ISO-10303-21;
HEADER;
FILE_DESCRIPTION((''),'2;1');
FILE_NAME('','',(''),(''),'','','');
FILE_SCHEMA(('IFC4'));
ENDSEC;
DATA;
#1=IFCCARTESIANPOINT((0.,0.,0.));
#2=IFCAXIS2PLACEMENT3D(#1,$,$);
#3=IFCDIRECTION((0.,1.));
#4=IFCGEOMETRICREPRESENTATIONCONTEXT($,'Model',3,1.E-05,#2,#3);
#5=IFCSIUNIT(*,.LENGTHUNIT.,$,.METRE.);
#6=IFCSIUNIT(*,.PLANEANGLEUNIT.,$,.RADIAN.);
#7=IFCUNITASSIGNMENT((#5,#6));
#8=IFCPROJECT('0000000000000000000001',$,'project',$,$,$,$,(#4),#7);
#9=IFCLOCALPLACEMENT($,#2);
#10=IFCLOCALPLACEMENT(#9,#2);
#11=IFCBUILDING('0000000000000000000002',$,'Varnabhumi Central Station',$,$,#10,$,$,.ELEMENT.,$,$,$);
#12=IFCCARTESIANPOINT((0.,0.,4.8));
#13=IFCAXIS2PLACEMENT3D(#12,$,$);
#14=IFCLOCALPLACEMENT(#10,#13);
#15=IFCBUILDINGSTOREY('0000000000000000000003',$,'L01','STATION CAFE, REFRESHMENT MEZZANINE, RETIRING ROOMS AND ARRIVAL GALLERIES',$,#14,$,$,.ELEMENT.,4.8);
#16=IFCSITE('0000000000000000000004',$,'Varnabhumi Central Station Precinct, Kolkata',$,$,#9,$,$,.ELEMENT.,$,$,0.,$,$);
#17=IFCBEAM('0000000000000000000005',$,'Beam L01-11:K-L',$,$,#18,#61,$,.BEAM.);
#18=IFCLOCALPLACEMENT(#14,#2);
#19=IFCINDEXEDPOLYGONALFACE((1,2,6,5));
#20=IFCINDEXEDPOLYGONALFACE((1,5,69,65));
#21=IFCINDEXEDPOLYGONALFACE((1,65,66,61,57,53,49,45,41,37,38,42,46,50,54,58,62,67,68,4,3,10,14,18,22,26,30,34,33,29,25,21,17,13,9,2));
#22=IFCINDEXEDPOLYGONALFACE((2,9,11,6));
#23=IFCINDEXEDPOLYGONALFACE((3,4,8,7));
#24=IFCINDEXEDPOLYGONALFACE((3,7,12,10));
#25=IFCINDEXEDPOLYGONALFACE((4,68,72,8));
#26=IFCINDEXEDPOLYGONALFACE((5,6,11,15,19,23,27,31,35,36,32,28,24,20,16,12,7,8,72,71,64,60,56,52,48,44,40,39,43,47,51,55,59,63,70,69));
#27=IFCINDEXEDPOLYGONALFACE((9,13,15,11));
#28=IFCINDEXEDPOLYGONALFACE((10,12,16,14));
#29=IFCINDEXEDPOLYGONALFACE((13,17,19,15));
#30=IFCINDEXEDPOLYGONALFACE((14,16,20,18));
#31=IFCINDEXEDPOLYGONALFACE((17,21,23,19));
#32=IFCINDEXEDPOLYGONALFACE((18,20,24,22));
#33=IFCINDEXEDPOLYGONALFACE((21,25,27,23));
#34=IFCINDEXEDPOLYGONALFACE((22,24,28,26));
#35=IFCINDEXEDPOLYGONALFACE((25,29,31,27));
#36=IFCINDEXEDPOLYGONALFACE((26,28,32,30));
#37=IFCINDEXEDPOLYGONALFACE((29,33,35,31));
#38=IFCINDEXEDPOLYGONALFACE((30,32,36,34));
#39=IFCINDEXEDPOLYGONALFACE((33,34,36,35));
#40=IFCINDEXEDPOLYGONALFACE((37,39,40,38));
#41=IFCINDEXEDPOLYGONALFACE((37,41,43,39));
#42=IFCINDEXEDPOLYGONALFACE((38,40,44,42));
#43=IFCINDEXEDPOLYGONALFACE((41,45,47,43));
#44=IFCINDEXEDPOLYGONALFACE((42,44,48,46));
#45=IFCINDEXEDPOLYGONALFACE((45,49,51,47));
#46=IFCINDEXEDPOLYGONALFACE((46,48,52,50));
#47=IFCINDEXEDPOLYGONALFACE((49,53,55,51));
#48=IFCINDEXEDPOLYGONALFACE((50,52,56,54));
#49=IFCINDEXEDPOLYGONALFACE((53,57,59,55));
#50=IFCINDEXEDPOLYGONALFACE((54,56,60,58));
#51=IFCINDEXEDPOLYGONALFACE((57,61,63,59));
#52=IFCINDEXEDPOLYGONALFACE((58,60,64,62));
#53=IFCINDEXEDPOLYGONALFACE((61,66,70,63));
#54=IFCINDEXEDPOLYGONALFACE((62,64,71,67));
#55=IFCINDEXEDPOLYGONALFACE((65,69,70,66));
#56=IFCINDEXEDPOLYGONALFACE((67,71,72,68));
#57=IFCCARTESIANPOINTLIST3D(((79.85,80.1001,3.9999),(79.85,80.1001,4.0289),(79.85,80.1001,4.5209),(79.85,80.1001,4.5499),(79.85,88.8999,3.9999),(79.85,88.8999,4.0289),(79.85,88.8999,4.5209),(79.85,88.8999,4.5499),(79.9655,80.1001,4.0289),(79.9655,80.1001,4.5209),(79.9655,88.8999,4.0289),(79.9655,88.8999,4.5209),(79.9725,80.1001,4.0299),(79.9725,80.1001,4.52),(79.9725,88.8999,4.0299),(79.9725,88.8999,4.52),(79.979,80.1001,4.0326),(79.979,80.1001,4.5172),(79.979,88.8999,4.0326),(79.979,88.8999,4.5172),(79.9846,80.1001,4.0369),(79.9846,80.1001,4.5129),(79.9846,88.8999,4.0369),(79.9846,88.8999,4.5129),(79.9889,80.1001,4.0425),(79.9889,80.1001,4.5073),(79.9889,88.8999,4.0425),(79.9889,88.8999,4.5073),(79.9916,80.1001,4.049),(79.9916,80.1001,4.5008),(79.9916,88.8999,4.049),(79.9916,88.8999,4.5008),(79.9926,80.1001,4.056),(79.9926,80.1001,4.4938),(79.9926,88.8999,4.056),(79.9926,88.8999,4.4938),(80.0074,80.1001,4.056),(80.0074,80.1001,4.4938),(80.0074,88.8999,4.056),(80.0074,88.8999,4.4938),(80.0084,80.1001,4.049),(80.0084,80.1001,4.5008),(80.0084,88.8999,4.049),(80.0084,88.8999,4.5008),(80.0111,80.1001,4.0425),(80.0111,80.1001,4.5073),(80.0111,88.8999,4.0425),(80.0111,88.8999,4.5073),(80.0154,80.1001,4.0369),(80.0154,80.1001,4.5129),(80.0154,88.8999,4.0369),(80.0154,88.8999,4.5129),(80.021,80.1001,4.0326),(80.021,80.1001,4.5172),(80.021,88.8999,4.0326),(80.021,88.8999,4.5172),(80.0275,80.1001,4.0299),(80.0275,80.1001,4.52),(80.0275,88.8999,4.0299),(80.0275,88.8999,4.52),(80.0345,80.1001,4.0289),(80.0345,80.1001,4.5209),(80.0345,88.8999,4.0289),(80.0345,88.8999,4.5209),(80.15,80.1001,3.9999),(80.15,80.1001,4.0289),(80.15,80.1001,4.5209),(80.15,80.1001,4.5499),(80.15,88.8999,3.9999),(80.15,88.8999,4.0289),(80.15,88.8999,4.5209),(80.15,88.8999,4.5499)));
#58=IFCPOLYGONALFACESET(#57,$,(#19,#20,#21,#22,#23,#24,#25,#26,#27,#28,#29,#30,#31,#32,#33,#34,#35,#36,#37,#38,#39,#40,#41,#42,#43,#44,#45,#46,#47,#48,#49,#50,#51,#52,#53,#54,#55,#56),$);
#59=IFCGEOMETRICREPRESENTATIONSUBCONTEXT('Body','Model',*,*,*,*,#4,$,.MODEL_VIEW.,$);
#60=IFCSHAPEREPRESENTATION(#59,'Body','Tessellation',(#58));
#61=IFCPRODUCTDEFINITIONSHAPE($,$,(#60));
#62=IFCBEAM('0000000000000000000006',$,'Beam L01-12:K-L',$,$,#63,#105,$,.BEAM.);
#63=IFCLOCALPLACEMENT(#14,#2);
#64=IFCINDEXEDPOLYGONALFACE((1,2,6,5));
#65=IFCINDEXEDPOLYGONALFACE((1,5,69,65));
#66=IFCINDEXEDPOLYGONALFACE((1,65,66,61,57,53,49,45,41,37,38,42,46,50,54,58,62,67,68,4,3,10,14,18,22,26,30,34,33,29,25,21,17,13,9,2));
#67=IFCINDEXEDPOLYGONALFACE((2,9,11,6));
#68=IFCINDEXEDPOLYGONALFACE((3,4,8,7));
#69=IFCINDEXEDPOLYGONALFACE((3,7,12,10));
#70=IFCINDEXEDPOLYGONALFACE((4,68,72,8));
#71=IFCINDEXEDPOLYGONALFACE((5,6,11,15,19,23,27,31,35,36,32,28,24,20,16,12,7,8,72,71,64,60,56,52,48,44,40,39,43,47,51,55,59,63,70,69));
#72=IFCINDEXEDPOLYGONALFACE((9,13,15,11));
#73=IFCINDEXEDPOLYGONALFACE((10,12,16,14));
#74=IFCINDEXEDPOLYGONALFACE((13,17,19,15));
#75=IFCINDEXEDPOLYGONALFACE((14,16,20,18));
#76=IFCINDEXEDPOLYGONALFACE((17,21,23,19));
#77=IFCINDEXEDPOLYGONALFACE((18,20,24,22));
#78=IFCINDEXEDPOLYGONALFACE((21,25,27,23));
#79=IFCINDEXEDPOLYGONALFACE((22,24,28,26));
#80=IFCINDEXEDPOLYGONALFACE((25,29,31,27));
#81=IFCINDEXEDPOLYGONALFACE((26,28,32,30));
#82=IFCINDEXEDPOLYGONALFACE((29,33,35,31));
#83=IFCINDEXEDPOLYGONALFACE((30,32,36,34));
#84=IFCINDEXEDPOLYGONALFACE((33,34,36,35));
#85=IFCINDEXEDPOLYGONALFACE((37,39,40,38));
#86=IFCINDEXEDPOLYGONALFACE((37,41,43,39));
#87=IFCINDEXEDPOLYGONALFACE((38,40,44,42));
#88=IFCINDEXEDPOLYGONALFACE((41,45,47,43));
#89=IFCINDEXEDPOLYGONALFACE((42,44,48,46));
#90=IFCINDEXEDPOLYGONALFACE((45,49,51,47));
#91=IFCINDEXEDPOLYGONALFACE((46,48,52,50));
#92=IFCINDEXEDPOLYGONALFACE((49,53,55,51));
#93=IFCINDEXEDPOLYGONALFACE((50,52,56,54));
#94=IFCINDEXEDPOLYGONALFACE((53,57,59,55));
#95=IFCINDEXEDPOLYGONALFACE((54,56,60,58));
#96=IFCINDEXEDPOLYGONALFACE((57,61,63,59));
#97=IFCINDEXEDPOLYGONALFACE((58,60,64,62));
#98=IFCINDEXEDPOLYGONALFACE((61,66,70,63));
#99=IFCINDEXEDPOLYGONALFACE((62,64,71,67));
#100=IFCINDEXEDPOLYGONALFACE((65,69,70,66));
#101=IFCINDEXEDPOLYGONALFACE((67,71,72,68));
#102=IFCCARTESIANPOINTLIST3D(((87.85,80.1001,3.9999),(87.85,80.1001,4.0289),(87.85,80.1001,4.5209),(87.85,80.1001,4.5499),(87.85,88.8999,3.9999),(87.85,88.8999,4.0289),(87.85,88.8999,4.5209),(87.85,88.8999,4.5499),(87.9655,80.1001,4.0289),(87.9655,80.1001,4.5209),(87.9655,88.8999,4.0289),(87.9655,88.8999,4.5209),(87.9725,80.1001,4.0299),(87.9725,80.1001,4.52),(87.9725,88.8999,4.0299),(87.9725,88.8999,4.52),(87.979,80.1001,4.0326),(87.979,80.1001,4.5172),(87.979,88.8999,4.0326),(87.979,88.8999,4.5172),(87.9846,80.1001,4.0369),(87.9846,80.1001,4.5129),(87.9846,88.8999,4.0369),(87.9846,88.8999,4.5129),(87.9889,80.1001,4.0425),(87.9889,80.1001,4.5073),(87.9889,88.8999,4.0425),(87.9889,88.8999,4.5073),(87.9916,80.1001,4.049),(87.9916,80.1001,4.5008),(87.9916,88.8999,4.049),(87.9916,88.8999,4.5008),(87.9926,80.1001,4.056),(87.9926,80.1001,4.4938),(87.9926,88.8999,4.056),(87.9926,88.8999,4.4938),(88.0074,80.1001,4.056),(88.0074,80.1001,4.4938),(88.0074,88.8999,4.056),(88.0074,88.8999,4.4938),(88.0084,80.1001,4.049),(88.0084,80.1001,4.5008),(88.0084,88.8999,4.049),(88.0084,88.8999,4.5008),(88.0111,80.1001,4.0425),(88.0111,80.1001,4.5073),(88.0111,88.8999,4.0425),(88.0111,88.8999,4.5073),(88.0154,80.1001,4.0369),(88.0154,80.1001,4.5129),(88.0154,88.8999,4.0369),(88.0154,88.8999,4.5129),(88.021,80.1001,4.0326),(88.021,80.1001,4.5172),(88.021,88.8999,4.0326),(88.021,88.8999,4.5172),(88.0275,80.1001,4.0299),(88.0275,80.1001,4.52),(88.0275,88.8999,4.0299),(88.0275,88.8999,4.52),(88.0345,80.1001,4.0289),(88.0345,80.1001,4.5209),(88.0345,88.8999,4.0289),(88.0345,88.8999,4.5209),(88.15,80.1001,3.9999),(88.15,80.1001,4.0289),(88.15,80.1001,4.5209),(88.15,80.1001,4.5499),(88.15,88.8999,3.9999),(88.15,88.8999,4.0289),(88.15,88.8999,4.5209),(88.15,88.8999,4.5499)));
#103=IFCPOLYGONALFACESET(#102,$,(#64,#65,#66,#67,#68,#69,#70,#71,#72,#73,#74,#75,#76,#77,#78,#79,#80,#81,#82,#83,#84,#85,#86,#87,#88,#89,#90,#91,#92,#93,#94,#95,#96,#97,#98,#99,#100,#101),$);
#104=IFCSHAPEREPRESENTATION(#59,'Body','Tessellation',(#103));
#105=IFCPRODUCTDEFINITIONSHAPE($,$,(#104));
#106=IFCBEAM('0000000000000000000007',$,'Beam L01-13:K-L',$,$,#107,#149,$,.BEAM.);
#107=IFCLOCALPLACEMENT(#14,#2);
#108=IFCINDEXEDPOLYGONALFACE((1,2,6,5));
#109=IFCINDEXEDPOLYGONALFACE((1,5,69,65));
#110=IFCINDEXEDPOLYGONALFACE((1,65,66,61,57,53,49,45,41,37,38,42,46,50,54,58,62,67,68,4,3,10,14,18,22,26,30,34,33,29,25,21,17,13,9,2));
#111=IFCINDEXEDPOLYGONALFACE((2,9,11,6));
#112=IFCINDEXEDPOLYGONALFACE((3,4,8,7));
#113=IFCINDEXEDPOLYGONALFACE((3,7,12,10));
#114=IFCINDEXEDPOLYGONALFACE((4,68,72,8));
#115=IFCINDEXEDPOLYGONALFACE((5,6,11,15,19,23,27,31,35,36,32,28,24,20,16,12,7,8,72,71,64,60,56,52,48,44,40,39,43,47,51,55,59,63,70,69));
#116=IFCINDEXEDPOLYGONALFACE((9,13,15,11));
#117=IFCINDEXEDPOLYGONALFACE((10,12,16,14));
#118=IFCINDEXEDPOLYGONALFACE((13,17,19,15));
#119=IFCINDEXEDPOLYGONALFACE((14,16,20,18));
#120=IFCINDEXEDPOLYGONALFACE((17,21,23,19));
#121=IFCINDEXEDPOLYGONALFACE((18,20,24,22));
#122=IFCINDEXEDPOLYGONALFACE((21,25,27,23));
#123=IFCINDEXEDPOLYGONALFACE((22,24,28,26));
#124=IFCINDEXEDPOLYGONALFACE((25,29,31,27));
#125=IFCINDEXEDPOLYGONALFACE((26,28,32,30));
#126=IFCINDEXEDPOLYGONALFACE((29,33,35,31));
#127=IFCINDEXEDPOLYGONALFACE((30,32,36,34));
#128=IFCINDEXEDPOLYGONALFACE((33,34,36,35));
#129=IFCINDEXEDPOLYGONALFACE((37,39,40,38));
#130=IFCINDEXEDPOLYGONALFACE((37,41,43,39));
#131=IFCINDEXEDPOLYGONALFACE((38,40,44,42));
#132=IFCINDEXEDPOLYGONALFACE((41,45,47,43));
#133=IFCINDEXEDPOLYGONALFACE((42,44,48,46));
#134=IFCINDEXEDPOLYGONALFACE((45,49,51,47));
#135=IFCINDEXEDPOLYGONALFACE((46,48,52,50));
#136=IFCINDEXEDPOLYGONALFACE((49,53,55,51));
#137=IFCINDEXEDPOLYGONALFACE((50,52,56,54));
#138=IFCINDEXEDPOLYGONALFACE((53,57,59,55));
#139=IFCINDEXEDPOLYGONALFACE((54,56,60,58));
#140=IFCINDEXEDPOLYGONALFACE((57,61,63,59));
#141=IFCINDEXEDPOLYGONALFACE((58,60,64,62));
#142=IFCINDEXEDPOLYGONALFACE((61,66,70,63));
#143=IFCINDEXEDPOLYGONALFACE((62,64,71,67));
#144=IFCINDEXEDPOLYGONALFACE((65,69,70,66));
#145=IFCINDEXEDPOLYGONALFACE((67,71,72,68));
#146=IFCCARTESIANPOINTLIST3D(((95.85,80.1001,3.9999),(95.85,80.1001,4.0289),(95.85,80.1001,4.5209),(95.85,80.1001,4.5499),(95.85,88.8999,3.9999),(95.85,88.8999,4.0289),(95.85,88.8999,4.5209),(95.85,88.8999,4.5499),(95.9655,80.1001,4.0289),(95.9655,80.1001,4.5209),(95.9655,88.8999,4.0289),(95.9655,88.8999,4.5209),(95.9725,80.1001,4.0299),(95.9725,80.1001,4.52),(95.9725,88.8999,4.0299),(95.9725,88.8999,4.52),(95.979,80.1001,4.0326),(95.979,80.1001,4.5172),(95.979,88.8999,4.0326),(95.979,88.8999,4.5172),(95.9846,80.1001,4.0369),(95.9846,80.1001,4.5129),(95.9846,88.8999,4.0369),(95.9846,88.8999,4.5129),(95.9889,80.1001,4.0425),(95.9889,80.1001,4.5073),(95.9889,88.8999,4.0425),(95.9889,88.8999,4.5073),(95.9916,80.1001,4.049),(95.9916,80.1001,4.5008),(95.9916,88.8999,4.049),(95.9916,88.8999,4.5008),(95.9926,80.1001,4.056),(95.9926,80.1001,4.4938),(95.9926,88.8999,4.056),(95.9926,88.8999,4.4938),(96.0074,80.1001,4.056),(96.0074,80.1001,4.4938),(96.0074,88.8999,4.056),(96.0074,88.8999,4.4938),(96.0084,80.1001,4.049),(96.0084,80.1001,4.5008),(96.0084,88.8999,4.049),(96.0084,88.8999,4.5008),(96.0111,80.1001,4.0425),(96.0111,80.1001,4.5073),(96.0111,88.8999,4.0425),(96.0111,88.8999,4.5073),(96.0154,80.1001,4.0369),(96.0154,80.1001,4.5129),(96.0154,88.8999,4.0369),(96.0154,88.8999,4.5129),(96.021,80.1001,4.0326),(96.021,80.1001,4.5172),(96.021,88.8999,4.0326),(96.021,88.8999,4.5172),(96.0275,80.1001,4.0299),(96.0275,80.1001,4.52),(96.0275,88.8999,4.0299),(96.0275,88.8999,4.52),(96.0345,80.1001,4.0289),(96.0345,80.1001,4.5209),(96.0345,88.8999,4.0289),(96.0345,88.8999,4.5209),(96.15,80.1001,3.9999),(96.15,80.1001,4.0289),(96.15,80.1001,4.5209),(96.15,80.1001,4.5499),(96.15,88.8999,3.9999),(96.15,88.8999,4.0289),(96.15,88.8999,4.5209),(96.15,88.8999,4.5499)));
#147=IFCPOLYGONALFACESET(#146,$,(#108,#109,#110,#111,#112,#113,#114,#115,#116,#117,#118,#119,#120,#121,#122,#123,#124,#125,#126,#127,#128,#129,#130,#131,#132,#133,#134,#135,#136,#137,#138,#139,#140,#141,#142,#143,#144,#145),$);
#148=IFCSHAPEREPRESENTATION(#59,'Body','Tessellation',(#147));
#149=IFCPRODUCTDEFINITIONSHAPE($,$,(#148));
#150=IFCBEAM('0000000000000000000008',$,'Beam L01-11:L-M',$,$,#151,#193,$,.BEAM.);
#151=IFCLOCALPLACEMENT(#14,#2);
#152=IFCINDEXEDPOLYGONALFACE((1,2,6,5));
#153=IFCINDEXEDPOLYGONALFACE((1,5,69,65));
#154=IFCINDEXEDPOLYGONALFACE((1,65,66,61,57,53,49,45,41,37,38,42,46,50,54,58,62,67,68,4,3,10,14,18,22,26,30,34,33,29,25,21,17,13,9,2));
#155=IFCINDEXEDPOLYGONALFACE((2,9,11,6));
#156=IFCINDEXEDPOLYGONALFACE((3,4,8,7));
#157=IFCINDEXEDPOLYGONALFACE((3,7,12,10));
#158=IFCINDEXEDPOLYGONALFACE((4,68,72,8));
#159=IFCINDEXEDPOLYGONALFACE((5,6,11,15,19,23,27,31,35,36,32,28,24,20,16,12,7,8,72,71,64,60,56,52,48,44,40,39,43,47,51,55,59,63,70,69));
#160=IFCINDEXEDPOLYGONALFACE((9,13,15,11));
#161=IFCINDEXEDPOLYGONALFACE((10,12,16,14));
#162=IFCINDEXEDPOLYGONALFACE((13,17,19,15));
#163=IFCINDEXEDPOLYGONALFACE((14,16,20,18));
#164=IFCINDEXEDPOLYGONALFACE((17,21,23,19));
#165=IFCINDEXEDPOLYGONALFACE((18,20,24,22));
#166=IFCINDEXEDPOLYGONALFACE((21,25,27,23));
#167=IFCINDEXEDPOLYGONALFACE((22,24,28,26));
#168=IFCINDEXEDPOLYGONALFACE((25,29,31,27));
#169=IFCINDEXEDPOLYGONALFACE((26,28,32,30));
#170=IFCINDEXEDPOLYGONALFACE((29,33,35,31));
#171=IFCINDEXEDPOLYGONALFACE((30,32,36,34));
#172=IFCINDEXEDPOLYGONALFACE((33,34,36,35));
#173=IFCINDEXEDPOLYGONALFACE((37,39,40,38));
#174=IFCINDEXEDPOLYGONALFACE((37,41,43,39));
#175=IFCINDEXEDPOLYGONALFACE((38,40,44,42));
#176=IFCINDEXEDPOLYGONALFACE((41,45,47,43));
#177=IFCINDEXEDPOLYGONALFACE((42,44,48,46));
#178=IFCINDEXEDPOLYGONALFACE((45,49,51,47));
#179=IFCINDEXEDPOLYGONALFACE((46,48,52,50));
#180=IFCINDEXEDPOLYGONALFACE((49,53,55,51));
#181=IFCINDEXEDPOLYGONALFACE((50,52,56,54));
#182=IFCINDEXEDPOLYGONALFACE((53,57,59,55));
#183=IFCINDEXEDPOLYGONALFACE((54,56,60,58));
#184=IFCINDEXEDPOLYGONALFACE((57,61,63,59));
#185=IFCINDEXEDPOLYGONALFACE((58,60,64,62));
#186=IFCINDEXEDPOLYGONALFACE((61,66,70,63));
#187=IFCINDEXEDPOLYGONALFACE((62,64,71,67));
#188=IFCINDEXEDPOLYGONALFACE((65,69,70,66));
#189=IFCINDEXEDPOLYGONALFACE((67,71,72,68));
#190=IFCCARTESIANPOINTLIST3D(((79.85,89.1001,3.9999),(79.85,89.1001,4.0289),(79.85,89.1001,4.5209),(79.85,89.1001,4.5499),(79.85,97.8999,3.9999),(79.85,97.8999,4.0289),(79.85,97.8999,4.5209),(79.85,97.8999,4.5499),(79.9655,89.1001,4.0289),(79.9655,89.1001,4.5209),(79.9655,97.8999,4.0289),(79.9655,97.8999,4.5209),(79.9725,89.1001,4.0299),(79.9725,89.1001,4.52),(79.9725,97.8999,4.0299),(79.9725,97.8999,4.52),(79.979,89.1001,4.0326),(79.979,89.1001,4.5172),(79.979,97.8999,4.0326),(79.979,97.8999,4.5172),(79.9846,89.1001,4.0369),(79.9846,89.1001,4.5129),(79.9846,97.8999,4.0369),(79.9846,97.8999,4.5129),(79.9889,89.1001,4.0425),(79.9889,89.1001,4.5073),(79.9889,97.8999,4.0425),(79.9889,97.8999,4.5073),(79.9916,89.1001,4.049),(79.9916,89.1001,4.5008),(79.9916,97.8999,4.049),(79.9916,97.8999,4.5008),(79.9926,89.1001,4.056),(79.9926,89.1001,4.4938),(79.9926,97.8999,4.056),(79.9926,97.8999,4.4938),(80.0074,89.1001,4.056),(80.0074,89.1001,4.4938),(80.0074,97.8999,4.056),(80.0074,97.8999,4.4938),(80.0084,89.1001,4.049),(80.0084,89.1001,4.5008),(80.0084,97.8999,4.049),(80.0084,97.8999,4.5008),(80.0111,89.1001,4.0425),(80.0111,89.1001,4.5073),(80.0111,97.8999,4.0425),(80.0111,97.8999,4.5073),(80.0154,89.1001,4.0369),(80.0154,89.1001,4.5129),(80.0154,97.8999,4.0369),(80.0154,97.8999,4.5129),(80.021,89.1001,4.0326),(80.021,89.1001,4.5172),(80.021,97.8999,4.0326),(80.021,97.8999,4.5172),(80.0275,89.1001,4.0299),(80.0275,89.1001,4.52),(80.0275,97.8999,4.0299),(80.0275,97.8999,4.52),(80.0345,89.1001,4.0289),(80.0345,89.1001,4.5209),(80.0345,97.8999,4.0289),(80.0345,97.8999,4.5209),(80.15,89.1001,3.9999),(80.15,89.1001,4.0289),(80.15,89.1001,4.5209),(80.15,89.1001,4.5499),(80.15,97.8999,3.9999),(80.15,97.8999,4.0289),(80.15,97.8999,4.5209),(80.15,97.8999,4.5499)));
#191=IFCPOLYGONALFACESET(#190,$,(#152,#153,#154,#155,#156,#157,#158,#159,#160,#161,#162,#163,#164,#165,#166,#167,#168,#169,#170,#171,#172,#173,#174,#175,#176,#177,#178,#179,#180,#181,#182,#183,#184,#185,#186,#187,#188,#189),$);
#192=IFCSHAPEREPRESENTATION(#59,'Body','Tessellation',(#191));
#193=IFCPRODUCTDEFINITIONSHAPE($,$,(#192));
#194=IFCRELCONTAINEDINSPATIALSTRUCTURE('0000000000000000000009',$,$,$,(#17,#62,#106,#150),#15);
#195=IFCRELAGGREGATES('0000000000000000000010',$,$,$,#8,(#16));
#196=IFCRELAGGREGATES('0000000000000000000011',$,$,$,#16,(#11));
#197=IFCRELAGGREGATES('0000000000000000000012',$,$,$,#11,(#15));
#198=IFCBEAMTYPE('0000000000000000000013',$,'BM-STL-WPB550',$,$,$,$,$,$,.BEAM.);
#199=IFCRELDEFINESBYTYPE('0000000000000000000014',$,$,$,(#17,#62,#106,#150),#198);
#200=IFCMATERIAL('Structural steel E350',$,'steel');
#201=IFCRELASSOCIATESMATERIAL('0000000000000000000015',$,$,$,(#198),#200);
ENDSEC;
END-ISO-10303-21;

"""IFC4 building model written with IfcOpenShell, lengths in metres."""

from ifc_helpers import new_model, si_unit, direction, frame, origin, origin_2d, place, context, subcontext, project, spatial, i_section, extrude, material, material_profile, profile_set, type_object, element, save


model = new_model("IFC4")

# Units and contexts
model_context = context("Model", 3, precision=1e-05, world=origin(), true_north=direction((0.0, 1.0)))
body_context = subcontext(model_context, "Body", "Model", "MODEL_VIEW")
ifc_project = project(units=[si_unit("LENGTHUNIT", "METRE"), si_unit("PLANEANGLEUNIT", "RADIAN")], contexts=[model_context])

# Site, building, storey
site_placement = place(None, origin())
site = spatial("IfcSite", under=ifc_project, at=site_placement, Name="Varnabhumi Central Station Precinct, Kolkata", CompositionType="ELEMENT", RefElevation=0.0)
building_placement = place(site_placement, origin())
building = spatial("IfcBuilding", under=site, at=building_placement, Name="Varnabhumi Central Station", CompositionType="ELEMENT")
storey_placement = place(building_placement, frame((0.0, 0.0, 4.8)))
storey = spatial("IfcBuildingStorey", under=building, at=storey_placement, Name="L01", Description="STATION CAFE, REFRESHMENT MEZZANINE, RETIRING ROOMS AND ARRIVAL GALLERIES", CompositionType="ELEMENT", Elevation=4.8)

# Beams
ifc_material_1 = material(Name="Structural steel E350", Category="steel")
ifc_material_profile_1 = material_profile(ifc_material_1, i_section(OverallWidth=0.3, OverallDepth=0.55, WebThickness=0.0149, FlangeThickness=0.0291, FilletRadius=0.0271, at=origin_2d()), Name="Structural steel E350", Category="steel")
ifc_profile_set_1 = profile_set([ifc_material_profile_1], Name="Structural steel E350")
beam_type_1 = type_object("IfcBeamType", Name="BM-STL-WPB550", PredefinedType="BEAM", material=ifc_profile_set_1)
for number, where, z_axis, x_axis, name in (
    (1, (80.0, 80.1001, 4.2749), (0.0, 1.0, 0.0), (-1.0, 0.0, 0.0), "Beam L01-11:K-L"),
    (2, (88.0, 80.1001, 4.2749), (0.0, 1.0, 0.0), (-1.0, 0.0, 0.0), "Beam L01-12:K-L"),
    (3, (96.0, 80.1001, 4.2749), (0.0, 1.0, 0.0), (-1.0, 0.0, 0.0), "Beam L01-13:K-L"),
    (4, (80.0, 89.1001, 4.2749), (0.0, 1.0, 0.0), (-1.0, 0.0, 0.0), "Beam L01-11:L-M"),
):
    element("IfcBeam", number, at=place(storey_placement, frame(where, z_axis=z_axis, x_axis=x_axis)), inside=storey, type_object=beam_type_1, Name=name, PredefinedType="BEAM", context=body_context, shape_type="SweptSolid", body=[
        extrude(i_section(OverallWidth=0.3, OverallDepth=0.55, WebThickness=0.0149, FlangeThickness=0.0291, FilletRadius=0.0271, at=origin_2d()), origin(), (0.0, 0.0, 1.0), 8.7998),
    ])

save(model, "model.ifc")
